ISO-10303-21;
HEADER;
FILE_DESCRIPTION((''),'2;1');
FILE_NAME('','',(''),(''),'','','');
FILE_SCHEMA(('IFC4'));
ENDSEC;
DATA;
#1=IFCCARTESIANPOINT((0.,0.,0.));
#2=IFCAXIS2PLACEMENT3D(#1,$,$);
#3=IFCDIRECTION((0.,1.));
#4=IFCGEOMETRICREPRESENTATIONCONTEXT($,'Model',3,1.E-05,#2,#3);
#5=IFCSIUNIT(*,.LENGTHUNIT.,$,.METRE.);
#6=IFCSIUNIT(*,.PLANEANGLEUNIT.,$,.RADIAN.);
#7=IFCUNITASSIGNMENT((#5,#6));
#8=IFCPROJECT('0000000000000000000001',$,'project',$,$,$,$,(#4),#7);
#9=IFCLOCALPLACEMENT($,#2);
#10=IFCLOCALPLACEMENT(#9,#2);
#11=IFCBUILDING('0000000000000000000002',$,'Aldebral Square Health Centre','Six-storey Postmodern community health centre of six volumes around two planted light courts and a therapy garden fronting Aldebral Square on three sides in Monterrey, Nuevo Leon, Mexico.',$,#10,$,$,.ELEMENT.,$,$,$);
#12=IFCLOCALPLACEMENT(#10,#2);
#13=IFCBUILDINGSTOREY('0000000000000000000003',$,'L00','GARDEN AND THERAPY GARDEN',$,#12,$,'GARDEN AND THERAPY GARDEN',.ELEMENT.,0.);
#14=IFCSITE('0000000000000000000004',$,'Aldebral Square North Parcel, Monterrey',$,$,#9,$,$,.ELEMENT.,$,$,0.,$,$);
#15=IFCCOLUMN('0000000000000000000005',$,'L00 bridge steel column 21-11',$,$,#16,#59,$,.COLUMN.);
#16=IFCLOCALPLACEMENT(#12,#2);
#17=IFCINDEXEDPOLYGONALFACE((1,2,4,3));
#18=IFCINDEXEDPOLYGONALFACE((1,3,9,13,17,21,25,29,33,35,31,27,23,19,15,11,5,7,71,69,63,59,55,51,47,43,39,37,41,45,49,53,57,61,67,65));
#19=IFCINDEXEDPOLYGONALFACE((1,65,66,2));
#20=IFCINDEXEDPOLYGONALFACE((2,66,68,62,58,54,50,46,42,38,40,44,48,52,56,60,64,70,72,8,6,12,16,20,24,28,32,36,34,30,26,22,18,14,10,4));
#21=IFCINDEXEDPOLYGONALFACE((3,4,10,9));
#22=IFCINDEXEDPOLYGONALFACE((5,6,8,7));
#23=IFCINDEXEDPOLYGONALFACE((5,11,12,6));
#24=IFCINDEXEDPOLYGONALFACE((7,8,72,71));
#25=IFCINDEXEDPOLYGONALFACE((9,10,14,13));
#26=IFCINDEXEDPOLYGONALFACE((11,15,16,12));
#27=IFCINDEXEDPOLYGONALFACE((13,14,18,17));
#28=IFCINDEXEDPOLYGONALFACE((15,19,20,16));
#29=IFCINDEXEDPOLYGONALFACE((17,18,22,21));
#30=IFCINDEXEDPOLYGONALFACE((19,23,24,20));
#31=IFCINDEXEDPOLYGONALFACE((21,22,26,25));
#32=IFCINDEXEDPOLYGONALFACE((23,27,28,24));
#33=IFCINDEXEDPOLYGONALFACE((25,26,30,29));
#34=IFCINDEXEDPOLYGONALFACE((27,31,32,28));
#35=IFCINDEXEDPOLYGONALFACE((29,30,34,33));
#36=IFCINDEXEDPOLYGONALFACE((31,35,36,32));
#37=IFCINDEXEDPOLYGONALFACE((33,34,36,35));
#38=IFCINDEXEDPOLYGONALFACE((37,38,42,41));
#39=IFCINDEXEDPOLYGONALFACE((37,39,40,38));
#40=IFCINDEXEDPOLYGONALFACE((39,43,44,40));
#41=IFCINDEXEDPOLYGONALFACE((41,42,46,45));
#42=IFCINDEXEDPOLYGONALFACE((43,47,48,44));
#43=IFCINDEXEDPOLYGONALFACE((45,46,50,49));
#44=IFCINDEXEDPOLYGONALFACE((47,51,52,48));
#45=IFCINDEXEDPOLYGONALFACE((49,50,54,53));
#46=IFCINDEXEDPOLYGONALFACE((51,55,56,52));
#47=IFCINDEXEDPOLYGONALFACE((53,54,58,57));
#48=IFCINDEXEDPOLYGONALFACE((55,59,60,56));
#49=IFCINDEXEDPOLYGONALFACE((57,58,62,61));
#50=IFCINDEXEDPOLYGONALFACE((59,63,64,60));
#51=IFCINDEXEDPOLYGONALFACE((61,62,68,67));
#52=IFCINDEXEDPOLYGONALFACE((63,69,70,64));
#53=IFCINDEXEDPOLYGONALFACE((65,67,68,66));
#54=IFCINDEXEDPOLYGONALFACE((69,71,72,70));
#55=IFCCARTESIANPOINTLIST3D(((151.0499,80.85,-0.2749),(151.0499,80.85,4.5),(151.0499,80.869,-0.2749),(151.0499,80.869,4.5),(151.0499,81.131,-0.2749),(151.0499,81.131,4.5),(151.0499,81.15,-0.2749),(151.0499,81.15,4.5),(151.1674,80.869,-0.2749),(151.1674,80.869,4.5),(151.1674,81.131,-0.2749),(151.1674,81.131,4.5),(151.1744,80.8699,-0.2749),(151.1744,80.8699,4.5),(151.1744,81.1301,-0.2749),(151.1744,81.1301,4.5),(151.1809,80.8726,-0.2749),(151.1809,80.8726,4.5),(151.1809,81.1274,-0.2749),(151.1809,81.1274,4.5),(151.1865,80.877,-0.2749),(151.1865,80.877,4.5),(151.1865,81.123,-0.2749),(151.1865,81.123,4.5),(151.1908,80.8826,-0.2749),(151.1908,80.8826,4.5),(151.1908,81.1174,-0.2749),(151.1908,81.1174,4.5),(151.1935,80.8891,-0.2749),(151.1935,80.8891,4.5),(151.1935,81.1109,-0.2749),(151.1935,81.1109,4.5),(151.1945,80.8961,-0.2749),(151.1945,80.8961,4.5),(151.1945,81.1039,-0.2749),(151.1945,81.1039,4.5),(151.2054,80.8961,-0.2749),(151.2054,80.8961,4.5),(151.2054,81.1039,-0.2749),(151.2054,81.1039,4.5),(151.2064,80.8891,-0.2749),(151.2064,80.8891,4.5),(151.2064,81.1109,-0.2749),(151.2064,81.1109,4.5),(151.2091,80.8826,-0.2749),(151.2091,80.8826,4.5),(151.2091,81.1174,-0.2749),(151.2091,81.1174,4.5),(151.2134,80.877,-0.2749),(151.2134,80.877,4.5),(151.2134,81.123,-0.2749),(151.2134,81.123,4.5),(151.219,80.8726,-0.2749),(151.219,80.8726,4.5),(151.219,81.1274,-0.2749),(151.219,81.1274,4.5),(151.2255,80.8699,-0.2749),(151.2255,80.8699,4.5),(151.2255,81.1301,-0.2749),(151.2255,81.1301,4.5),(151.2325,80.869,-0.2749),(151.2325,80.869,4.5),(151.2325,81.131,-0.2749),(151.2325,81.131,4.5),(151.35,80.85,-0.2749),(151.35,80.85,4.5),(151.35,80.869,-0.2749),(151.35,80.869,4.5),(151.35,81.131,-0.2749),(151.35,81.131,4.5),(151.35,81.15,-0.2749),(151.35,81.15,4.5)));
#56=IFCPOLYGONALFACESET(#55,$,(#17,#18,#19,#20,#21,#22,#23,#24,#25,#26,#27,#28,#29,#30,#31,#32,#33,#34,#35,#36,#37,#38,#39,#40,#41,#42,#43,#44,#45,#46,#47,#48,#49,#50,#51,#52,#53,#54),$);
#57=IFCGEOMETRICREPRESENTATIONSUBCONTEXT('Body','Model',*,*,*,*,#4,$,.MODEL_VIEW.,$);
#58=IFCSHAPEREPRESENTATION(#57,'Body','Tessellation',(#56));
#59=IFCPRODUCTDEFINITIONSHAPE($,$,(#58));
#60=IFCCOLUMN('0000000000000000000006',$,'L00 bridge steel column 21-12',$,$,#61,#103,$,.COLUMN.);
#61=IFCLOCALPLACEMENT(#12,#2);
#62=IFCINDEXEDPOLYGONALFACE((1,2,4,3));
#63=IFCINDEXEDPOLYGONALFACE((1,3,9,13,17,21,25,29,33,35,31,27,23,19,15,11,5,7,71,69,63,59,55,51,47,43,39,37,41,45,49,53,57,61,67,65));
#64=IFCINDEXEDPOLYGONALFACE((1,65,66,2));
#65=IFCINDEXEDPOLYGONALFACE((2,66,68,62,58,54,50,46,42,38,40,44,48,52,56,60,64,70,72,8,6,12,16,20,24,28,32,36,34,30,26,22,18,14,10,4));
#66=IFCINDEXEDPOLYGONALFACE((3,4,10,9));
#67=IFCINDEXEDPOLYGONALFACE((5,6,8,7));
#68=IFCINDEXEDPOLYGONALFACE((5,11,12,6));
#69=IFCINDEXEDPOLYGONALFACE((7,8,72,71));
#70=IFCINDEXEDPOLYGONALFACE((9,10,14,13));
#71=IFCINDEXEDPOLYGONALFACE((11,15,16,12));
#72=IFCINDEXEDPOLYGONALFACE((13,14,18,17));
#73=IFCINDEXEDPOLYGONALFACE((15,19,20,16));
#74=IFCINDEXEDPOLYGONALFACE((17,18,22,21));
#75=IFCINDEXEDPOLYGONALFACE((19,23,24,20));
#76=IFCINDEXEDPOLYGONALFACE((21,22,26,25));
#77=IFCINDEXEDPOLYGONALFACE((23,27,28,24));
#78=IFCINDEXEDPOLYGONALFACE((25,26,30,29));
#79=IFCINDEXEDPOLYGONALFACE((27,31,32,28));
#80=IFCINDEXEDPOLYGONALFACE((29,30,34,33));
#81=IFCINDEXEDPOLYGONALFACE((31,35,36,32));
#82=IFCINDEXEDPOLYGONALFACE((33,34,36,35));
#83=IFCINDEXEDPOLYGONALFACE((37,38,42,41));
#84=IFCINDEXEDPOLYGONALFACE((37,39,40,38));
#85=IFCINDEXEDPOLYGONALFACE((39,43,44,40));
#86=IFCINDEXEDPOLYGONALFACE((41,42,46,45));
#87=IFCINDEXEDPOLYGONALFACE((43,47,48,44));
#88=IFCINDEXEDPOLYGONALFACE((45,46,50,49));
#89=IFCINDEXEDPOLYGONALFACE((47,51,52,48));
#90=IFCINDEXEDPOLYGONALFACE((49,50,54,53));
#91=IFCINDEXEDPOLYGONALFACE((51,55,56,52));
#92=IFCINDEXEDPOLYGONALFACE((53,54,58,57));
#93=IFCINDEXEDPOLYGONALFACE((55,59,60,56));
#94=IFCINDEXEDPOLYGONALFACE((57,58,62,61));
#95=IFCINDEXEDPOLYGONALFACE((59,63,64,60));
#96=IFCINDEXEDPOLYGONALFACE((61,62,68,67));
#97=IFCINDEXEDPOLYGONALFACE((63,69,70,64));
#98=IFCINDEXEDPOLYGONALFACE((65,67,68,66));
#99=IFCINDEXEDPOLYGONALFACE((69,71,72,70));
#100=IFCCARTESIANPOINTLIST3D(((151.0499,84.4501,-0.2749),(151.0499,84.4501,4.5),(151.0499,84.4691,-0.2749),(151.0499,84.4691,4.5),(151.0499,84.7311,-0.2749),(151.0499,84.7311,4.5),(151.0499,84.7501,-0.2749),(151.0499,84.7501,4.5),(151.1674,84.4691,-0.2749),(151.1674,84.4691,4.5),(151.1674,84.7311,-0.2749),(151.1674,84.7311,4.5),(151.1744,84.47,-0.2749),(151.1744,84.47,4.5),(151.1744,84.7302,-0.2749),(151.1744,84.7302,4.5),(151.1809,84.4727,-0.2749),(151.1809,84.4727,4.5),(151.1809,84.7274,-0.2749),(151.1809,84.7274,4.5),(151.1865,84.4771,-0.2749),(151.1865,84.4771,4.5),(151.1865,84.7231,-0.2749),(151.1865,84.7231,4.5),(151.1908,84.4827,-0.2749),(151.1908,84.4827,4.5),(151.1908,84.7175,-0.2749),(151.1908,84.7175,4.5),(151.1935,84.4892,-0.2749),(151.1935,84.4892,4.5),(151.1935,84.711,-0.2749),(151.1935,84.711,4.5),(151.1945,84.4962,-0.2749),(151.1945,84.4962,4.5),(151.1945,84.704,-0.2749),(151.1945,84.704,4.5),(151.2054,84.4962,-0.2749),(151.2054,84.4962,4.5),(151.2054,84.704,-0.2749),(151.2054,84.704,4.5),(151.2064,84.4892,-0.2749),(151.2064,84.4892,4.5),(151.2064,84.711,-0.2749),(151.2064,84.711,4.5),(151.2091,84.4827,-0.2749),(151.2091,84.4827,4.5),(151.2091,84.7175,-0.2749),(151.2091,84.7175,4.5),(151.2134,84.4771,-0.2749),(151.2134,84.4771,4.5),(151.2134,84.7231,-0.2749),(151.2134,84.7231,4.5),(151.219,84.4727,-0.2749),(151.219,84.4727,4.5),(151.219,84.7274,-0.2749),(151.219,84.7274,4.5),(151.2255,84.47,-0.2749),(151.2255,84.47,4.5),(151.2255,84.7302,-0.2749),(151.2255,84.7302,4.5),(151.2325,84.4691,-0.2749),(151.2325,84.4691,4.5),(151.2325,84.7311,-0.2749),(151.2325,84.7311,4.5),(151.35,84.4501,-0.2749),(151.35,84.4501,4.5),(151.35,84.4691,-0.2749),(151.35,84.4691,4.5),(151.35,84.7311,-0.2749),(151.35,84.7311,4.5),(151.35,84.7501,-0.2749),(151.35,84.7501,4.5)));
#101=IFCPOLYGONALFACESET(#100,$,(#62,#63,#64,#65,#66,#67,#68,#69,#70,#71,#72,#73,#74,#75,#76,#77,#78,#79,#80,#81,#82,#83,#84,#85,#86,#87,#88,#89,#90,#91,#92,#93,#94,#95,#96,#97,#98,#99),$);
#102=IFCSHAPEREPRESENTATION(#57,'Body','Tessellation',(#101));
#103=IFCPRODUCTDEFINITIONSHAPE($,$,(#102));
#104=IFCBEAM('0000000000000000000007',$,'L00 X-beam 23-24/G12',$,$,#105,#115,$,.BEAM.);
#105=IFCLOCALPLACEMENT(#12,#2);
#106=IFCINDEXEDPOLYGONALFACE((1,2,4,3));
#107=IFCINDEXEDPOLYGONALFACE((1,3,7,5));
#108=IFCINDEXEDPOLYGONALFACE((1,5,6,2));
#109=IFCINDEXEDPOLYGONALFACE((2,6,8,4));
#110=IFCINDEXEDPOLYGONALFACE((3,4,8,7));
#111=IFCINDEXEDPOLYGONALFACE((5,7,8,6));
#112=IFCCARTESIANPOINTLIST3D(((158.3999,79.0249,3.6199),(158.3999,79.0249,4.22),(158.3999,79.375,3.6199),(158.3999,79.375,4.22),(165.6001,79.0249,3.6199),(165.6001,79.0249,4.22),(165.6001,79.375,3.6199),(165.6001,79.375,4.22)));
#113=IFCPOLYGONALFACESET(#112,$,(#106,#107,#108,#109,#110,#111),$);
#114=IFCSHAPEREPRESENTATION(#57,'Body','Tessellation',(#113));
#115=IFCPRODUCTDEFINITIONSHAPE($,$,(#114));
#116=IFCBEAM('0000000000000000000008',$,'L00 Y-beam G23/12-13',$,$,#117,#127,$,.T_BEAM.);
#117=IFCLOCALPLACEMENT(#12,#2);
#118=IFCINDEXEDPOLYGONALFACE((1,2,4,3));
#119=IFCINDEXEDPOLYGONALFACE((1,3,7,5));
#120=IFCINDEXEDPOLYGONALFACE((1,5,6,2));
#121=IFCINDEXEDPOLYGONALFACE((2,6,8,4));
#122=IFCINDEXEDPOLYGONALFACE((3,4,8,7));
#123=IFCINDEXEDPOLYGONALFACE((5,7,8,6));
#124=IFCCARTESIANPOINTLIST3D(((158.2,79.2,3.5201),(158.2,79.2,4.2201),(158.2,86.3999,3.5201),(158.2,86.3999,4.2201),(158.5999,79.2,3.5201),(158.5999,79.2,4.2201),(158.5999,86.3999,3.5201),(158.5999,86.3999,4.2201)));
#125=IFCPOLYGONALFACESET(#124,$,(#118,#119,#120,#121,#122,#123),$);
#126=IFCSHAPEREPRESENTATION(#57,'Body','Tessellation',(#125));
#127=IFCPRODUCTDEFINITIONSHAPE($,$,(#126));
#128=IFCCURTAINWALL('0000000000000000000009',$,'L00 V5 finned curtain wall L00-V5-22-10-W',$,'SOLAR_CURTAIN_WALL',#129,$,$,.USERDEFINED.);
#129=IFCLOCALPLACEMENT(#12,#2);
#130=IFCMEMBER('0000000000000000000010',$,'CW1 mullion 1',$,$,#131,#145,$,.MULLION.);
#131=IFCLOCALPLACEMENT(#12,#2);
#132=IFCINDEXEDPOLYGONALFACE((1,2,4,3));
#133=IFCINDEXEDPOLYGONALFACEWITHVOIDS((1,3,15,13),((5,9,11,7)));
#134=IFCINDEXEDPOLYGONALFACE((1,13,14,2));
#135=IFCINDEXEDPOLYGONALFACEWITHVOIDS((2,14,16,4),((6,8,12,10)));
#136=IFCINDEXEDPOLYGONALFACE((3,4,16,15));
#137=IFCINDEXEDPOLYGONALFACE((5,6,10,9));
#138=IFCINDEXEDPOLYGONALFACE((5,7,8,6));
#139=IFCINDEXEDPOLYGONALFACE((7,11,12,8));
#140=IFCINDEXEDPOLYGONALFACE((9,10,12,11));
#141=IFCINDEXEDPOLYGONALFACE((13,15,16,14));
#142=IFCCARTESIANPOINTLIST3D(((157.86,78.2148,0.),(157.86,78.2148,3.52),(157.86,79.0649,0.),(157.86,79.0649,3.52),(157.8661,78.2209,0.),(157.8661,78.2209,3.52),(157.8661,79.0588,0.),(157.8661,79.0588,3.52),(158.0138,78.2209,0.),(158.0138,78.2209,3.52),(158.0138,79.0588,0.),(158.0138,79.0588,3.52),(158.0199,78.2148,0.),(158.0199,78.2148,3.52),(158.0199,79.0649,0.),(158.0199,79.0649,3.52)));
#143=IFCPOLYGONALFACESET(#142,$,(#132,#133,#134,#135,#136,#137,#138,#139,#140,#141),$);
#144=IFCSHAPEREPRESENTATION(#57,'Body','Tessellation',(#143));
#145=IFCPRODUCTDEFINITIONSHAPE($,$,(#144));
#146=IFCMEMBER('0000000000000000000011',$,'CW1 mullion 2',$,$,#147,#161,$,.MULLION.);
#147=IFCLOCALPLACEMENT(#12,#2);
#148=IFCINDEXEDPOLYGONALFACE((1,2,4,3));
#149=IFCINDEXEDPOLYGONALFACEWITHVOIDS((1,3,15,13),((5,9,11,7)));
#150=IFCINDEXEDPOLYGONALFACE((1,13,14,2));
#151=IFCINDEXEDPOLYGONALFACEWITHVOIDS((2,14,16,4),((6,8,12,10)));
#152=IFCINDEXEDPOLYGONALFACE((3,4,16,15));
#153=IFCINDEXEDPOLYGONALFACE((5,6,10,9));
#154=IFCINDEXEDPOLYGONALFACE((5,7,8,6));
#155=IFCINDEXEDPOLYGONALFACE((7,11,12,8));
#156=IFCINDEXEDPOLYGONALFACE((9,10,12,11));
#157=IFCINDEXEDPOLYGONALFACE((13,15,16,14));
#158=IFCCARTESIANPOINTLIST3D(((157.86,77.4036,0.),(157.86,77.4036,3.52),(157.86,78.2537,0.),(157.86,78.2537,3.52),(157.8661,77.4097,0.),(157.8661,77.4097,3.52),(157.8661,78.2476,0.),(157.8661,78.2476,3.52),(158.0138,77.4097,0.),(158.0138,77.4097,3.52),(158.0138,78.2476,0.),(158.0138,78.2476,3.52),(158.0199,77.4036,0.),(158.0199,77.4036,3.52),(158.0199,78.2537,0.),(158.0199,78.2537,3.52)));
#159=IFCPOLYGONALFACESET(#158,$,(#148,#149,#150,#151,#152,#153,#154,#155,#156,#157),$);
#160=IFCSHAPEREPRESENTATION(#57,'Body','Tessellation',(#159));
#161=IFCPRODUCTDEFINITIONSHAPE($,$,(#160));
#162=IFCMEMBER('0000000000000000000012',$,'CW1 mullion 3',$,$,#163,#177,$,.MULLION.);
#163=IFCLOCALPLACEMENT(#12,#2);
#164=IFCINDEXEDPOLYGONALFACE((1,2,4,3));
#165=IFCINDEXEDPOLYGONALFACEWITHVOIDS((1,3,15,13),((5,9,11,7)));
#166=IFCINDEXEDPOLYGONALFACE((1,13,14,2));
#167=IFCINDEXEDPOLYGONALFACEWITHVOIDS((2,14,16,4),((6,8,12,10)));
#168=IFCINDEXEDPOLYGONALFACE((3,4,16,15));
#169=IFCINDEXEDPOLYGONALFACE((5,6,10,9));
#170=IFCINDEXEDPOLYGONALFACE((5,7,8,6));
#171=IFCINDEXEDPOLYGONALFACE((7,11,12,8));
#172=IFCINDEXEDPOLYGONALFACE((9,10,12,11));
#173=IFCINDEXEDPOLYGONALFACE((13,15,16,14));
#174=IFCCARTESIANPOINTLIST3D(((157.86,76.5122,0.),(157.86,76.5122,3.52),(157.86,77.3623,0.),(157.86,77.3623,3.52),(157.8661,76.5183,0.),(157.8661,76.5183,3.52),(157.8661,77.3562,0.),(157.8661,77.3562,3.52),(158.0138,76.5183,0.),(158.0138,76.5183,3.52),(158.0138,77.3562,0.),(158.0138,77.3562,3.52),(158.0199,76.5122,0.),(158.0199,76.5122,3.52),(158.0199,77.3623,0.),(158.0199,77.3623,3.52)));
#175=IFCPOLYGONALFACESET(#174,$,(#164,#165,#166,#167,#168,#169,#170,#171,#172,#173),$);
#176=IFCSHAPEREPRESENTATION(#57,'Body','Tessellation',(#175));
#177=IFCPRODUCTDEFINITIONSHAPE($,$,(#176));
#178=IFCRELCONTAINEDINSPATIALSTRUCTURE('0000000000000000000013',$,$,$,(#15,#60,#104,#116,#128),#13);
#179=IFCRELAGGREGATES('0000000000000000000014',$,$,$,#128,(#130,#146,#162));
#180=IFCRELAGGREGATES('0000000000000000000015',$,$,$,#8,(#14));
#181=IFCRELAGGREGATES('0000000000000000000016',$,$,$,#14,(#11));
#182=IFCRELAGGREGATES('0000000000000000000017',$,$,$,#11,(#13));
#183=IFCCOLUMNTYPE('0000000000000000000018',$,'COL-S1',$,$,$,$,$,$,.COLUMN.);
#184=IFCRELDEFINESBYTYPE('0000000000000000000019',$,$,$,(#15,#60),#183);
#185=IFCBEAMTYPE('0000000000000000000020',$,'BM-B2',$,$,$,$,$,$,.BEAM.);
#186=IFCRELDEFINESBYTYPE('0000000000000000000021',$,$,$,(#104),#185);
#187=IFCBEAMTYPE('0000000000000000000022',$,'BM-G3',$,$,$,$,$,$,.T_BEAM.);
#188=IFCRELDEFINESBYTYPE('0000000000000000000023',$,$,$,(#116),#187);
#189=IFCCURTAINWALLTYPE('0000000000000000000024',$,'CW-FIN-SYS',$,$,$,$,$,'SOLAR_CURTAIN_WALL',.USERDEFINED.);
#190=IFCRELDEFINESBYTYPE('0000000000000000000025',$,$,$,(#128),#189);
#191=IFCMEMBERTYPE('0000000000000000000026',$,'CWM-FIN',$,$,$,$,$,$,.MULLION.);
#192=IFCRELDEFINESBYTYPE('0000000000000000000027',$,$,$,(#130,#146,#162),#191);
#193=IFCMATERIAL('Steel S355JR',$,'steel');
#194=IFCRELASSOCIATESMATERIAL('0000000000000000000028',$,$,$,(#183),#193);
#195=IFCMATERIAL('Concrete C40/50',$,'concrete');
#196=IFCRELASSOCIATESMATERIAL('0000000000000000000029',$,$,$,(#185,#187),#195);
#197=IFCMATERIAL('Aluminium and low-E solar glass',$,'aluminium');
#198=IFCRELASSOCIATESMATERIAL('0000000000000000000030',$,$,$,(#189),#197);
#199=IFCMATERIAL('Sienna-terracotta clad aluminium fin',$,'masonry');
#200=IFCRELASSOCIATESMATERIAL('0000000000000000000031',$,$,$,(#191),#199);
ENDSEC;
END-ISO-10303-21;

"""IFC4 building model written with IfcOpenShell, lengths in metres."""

from ifc_helpers import new_model, si_unit, direction, frame, origin, origin_2d, place, context, subcontext, project, spatial, rectangle, hollow_rectangle, i_section, extrude, material, material_profile, profile_set, type_object, element, aggregate, save


model = new_model("IFC4")

# Units and contexts
model_context = context("Model", 3, precision=1e-05, world=origin(), true_north=direction((0.0, 1.0)))
body_context = subcontext(model_context, "Body", "Model", "MODEL_VIEW")
ifc_project = project(units=[si_unit("LENGTHUNIT", "METRE"), si_unit("PLANEANGLEUNIT", "RADIAN")], contexts=[model_context])

# Site, building, storey
site_placement = place(None, origin())
site = spatial("IfcSite", under=ifc_project, at=site_placement, Name="Aldebral Square North Parcel, Monterrey", CompositionType="ELEMENT", RefElevation=0.0)
building_placement = place(site_placement, origin())
building = spatial("IfcBuilding", under=site, at=building_placement, Name="Aldebral Square Health Centre", Description="Six-storey Postmodern community health centre of six volumes around two planted light courts and a therapy garden fronting Aldebral Square on three sides in Monterrey, Nuevo Leon, Mexico.", CompositionType="ELEMENT")
storey_placement = place(building_placement, origin())
storey = spatial("IfcBuildingStorey", under=building, at=storey_placement, Name="L00", Description="GARDEN AND THERAPY GARDEN", LongName="GARDEN AND THERAPY GARDEN", CompositionType="ELEMENT", Elevation=0.0)

# Columns
ifc_material_1 = material(Name="Concrete C40/50", Category="concrete")
ifc_material_2 = material(Name="Steel S355JR", Category="steel")
ifc_material_profile_1 = material_profile(ifc_material_2, i_section(OverallWidth=0.3, OverallDepth=0.3, WebThickness=0.011, FlangeThickness=0.019, FilletRadius=0.0271, at=origin_2d()), Name="HEB 300")
ifc_profile_set_1 = profile_set([ifc_material_profile_1], Name="Steel S355JR")
column_type_1 = type_object("IfcColumnType", Name="COL-S1", PredefinedType="COLUMN", material=ifc_profile_set_1)
for number, where, z_axis, x_axis, name in (
    (1, (151.2, 81.0, -0.2749), (0.0, 0.0, 1.0), (1.0, 0.0, 0.0), "L00 bridge steel column 21-11"),
    (2, (151.2, 84.6001, -0.2749), (0.0, 0.0, 1.0), (1.0, 0.0, 0.0), "L00 bridge steel column 21-12"),
):
    element("IfcColumn", number, at=place(storey_placement, frame(where, z_axis=z_axis, x_axis=x_axis)), inside=storey, type_object=column_type_1, Name=name, PredefinedType="COLUMN", context=body_context, shape_type="SweptSolid", body=[
        extrude(i_section(OverallWidth=0.3, OverallDepth=0.3, WebThickness=0.011, FlangeThickness=0.019, FilletRadius=0.0271, at=origin_2d()), origin(), (0.0, 0.0, 1.0), 4.7749),
    ])

# Beams
ifc_material_profile_2 = material_profile(ifc_material_1, rectangle(XDim=0.3501, YDim=0.6001, at=origin_2d()), Name="RC 350x600")
ifc_profile_set_2 = profile_set([ifc_material_profile_2], Name="Concrete C40/50")
beam_type_1 = type_object("IfcBeamType", Name="BM-B2", PredefinedType="BEAM", material=ifc_profile_set_2)
beam_1_placement = place(storey_placement, frame((158.3999, 79.2, 3.9199), z_axis=(1.0, 0.0, 0.0), x_axis=(0.0, 1.0, 0.0)))
element("IfcBeam", 3, at=beam_1_placement, inside=storey, type_object=beam_type_1, Name="L00 X-beam 23-24/G12", PredefinedType="BEAM", context=body_context, shape_type="SweptSolid", body=[
    extrude(rectangle(XDim=0.3501, YDim=0.6001, at=origin_2d()), origin(), (0.0, 0.0, 1.0), 7.2002),
])
ifc_material_profile_3 = material_profile(ifc_material_1, rectangle(XDim=0.3999, YDim=0.7, at=origin_2d()), Name="RC 400x700")
ifc_profile_set_3 = profile_set([ifc_material_profile_3], Name="Concrete C40/50")
beam_type_2 = type_object("IfcBeamType", Name="BM-G3", PredefinedType="T_BEAM", material=ifc_profile_set_3)
beam_2_placement = place(storey_placement, frame((158.3999, 79.2, 3.8701), z_axis=(0.0, 1.0, 0.0), x_axis=(-1.0, 0.0, 0.0)))
element("IfcBeam", 4, at=beam_2_placement, inside=storey, type_object=beam_type_2, Name="L00 Y-beam G23/12-13", PredefinedType="T_BEAM", context=body_context, shape_type="SweptSolid", body=[
    extrude(rectangle(XDim=0.3999, YDim=0.7, at=origin_2d()), origin(), (0.0, 0.0, 1.0), 7.2),
])

# Curtain wall, members
ifc_material_3 = material(Name="Aluminium and low-E solar glass", Category="aluminium")
curtain_wall_type = type_object("IfcCurtainWallType", Name="CW-FIN-SYS", ElementType="SOLAR_CURTAIN_WALL", PredefinedType="USERDEFINED", material=ifc_material_3)
curtain_wall_placement = place(storey_placement, origin())
curtain_wall = element("IfcCurtainWall", 5, at=curtain_wall_placement, inside=storey, type_object=curtain_wall_type, Name="L00 V5 finned curtain wall L00-V5-22-10-W", ObjectType="SOLAR_CURTAIN_WALL", PredefinedType="USERDEFINED")
ifc_material_4 = material(Name="Sienna-terracotta clad aluminium fin", Category="masonry")
ifc_material_profile_4 = material_profile(ifc_material_4, hollow_rectangle(XDim=0.1599, YDim=0.8501, WallThickness=0.0061, at=origin_2d()), Name="FIN 160x850x6")
ifc_profile_set_4 = profile_set([ifc_material_profile_4], Name="Sienna-terracotta clad aluminium fin")
member_type_1 = type_object("IfcMemberType", Name="CWM-FIN", PredefinedType="MULLION", material=ifc_profile_set_4)
member_1_placement = place(storey_placement, frame((157.9399, 78.6399, 0.0), z_axis=(0.0, 0.0, 1.0), x_axis=(1.0, 0.0, 0.0)))
member_1 = element("IfcMember", 6, at=member_1_placement, type_object=member_type_1, Name="CW1 mullion 1", PredefinedType="MULLION", context=body_context, shape_type="SweptSolid", body=[
    extrude(hollow_rectangle(XDim=0.1599, YDim=0.8501, WallThickness=0.0061, at=origin_2d()), origin(), (0.0, 0.0, 1.0), 3.52),
])
member_2_placement = place(storey_placement, frame((157.9399, 77.8286, 0.0), z_axis=(0.0, 0.0, 1.0), x_axis=(1.0, 0.0, 0.0)))
member_2 = element("IfcMember", 7, at=member_2_placement, type_object=member_type_1, Name="CW1 mullion 2", PredefinedType="MULLION", context=body_context, shape_type="SweptSolid", body=[
    extrude(hollow_rectangle(XDim=0.1599, YDim=0.8501, WallThickness=0.0061, at=origin_2d()), origin(), (0.0, 0.0, 1.0), 3.52),
])
member_3_placement = place(storey_placement, frame((157.9399, 76.9373, 0.0), z_axis=(0.0, 0.0, 1.0), x_axis=(1.0, 0.0, 0.0)))
member_3 = element("IfcMember", 8, at=member_3_placement, type_object=member_type_1, Name="CW1 mullion 3", PredefinedType="MULLION", context=body_context, shape_type="SweptSolid", body=[
    extrude(hollow_rectangle(XDim=0.1599, YDim=0.8501, WallThickness=0.0061, at=origin_2d()), origin(), (0.0, 0.0, 1.0), 3.52),
])
aggregate(curtain_wall, [member_1, member_2, member_3])

save(model, "model.ifc")
